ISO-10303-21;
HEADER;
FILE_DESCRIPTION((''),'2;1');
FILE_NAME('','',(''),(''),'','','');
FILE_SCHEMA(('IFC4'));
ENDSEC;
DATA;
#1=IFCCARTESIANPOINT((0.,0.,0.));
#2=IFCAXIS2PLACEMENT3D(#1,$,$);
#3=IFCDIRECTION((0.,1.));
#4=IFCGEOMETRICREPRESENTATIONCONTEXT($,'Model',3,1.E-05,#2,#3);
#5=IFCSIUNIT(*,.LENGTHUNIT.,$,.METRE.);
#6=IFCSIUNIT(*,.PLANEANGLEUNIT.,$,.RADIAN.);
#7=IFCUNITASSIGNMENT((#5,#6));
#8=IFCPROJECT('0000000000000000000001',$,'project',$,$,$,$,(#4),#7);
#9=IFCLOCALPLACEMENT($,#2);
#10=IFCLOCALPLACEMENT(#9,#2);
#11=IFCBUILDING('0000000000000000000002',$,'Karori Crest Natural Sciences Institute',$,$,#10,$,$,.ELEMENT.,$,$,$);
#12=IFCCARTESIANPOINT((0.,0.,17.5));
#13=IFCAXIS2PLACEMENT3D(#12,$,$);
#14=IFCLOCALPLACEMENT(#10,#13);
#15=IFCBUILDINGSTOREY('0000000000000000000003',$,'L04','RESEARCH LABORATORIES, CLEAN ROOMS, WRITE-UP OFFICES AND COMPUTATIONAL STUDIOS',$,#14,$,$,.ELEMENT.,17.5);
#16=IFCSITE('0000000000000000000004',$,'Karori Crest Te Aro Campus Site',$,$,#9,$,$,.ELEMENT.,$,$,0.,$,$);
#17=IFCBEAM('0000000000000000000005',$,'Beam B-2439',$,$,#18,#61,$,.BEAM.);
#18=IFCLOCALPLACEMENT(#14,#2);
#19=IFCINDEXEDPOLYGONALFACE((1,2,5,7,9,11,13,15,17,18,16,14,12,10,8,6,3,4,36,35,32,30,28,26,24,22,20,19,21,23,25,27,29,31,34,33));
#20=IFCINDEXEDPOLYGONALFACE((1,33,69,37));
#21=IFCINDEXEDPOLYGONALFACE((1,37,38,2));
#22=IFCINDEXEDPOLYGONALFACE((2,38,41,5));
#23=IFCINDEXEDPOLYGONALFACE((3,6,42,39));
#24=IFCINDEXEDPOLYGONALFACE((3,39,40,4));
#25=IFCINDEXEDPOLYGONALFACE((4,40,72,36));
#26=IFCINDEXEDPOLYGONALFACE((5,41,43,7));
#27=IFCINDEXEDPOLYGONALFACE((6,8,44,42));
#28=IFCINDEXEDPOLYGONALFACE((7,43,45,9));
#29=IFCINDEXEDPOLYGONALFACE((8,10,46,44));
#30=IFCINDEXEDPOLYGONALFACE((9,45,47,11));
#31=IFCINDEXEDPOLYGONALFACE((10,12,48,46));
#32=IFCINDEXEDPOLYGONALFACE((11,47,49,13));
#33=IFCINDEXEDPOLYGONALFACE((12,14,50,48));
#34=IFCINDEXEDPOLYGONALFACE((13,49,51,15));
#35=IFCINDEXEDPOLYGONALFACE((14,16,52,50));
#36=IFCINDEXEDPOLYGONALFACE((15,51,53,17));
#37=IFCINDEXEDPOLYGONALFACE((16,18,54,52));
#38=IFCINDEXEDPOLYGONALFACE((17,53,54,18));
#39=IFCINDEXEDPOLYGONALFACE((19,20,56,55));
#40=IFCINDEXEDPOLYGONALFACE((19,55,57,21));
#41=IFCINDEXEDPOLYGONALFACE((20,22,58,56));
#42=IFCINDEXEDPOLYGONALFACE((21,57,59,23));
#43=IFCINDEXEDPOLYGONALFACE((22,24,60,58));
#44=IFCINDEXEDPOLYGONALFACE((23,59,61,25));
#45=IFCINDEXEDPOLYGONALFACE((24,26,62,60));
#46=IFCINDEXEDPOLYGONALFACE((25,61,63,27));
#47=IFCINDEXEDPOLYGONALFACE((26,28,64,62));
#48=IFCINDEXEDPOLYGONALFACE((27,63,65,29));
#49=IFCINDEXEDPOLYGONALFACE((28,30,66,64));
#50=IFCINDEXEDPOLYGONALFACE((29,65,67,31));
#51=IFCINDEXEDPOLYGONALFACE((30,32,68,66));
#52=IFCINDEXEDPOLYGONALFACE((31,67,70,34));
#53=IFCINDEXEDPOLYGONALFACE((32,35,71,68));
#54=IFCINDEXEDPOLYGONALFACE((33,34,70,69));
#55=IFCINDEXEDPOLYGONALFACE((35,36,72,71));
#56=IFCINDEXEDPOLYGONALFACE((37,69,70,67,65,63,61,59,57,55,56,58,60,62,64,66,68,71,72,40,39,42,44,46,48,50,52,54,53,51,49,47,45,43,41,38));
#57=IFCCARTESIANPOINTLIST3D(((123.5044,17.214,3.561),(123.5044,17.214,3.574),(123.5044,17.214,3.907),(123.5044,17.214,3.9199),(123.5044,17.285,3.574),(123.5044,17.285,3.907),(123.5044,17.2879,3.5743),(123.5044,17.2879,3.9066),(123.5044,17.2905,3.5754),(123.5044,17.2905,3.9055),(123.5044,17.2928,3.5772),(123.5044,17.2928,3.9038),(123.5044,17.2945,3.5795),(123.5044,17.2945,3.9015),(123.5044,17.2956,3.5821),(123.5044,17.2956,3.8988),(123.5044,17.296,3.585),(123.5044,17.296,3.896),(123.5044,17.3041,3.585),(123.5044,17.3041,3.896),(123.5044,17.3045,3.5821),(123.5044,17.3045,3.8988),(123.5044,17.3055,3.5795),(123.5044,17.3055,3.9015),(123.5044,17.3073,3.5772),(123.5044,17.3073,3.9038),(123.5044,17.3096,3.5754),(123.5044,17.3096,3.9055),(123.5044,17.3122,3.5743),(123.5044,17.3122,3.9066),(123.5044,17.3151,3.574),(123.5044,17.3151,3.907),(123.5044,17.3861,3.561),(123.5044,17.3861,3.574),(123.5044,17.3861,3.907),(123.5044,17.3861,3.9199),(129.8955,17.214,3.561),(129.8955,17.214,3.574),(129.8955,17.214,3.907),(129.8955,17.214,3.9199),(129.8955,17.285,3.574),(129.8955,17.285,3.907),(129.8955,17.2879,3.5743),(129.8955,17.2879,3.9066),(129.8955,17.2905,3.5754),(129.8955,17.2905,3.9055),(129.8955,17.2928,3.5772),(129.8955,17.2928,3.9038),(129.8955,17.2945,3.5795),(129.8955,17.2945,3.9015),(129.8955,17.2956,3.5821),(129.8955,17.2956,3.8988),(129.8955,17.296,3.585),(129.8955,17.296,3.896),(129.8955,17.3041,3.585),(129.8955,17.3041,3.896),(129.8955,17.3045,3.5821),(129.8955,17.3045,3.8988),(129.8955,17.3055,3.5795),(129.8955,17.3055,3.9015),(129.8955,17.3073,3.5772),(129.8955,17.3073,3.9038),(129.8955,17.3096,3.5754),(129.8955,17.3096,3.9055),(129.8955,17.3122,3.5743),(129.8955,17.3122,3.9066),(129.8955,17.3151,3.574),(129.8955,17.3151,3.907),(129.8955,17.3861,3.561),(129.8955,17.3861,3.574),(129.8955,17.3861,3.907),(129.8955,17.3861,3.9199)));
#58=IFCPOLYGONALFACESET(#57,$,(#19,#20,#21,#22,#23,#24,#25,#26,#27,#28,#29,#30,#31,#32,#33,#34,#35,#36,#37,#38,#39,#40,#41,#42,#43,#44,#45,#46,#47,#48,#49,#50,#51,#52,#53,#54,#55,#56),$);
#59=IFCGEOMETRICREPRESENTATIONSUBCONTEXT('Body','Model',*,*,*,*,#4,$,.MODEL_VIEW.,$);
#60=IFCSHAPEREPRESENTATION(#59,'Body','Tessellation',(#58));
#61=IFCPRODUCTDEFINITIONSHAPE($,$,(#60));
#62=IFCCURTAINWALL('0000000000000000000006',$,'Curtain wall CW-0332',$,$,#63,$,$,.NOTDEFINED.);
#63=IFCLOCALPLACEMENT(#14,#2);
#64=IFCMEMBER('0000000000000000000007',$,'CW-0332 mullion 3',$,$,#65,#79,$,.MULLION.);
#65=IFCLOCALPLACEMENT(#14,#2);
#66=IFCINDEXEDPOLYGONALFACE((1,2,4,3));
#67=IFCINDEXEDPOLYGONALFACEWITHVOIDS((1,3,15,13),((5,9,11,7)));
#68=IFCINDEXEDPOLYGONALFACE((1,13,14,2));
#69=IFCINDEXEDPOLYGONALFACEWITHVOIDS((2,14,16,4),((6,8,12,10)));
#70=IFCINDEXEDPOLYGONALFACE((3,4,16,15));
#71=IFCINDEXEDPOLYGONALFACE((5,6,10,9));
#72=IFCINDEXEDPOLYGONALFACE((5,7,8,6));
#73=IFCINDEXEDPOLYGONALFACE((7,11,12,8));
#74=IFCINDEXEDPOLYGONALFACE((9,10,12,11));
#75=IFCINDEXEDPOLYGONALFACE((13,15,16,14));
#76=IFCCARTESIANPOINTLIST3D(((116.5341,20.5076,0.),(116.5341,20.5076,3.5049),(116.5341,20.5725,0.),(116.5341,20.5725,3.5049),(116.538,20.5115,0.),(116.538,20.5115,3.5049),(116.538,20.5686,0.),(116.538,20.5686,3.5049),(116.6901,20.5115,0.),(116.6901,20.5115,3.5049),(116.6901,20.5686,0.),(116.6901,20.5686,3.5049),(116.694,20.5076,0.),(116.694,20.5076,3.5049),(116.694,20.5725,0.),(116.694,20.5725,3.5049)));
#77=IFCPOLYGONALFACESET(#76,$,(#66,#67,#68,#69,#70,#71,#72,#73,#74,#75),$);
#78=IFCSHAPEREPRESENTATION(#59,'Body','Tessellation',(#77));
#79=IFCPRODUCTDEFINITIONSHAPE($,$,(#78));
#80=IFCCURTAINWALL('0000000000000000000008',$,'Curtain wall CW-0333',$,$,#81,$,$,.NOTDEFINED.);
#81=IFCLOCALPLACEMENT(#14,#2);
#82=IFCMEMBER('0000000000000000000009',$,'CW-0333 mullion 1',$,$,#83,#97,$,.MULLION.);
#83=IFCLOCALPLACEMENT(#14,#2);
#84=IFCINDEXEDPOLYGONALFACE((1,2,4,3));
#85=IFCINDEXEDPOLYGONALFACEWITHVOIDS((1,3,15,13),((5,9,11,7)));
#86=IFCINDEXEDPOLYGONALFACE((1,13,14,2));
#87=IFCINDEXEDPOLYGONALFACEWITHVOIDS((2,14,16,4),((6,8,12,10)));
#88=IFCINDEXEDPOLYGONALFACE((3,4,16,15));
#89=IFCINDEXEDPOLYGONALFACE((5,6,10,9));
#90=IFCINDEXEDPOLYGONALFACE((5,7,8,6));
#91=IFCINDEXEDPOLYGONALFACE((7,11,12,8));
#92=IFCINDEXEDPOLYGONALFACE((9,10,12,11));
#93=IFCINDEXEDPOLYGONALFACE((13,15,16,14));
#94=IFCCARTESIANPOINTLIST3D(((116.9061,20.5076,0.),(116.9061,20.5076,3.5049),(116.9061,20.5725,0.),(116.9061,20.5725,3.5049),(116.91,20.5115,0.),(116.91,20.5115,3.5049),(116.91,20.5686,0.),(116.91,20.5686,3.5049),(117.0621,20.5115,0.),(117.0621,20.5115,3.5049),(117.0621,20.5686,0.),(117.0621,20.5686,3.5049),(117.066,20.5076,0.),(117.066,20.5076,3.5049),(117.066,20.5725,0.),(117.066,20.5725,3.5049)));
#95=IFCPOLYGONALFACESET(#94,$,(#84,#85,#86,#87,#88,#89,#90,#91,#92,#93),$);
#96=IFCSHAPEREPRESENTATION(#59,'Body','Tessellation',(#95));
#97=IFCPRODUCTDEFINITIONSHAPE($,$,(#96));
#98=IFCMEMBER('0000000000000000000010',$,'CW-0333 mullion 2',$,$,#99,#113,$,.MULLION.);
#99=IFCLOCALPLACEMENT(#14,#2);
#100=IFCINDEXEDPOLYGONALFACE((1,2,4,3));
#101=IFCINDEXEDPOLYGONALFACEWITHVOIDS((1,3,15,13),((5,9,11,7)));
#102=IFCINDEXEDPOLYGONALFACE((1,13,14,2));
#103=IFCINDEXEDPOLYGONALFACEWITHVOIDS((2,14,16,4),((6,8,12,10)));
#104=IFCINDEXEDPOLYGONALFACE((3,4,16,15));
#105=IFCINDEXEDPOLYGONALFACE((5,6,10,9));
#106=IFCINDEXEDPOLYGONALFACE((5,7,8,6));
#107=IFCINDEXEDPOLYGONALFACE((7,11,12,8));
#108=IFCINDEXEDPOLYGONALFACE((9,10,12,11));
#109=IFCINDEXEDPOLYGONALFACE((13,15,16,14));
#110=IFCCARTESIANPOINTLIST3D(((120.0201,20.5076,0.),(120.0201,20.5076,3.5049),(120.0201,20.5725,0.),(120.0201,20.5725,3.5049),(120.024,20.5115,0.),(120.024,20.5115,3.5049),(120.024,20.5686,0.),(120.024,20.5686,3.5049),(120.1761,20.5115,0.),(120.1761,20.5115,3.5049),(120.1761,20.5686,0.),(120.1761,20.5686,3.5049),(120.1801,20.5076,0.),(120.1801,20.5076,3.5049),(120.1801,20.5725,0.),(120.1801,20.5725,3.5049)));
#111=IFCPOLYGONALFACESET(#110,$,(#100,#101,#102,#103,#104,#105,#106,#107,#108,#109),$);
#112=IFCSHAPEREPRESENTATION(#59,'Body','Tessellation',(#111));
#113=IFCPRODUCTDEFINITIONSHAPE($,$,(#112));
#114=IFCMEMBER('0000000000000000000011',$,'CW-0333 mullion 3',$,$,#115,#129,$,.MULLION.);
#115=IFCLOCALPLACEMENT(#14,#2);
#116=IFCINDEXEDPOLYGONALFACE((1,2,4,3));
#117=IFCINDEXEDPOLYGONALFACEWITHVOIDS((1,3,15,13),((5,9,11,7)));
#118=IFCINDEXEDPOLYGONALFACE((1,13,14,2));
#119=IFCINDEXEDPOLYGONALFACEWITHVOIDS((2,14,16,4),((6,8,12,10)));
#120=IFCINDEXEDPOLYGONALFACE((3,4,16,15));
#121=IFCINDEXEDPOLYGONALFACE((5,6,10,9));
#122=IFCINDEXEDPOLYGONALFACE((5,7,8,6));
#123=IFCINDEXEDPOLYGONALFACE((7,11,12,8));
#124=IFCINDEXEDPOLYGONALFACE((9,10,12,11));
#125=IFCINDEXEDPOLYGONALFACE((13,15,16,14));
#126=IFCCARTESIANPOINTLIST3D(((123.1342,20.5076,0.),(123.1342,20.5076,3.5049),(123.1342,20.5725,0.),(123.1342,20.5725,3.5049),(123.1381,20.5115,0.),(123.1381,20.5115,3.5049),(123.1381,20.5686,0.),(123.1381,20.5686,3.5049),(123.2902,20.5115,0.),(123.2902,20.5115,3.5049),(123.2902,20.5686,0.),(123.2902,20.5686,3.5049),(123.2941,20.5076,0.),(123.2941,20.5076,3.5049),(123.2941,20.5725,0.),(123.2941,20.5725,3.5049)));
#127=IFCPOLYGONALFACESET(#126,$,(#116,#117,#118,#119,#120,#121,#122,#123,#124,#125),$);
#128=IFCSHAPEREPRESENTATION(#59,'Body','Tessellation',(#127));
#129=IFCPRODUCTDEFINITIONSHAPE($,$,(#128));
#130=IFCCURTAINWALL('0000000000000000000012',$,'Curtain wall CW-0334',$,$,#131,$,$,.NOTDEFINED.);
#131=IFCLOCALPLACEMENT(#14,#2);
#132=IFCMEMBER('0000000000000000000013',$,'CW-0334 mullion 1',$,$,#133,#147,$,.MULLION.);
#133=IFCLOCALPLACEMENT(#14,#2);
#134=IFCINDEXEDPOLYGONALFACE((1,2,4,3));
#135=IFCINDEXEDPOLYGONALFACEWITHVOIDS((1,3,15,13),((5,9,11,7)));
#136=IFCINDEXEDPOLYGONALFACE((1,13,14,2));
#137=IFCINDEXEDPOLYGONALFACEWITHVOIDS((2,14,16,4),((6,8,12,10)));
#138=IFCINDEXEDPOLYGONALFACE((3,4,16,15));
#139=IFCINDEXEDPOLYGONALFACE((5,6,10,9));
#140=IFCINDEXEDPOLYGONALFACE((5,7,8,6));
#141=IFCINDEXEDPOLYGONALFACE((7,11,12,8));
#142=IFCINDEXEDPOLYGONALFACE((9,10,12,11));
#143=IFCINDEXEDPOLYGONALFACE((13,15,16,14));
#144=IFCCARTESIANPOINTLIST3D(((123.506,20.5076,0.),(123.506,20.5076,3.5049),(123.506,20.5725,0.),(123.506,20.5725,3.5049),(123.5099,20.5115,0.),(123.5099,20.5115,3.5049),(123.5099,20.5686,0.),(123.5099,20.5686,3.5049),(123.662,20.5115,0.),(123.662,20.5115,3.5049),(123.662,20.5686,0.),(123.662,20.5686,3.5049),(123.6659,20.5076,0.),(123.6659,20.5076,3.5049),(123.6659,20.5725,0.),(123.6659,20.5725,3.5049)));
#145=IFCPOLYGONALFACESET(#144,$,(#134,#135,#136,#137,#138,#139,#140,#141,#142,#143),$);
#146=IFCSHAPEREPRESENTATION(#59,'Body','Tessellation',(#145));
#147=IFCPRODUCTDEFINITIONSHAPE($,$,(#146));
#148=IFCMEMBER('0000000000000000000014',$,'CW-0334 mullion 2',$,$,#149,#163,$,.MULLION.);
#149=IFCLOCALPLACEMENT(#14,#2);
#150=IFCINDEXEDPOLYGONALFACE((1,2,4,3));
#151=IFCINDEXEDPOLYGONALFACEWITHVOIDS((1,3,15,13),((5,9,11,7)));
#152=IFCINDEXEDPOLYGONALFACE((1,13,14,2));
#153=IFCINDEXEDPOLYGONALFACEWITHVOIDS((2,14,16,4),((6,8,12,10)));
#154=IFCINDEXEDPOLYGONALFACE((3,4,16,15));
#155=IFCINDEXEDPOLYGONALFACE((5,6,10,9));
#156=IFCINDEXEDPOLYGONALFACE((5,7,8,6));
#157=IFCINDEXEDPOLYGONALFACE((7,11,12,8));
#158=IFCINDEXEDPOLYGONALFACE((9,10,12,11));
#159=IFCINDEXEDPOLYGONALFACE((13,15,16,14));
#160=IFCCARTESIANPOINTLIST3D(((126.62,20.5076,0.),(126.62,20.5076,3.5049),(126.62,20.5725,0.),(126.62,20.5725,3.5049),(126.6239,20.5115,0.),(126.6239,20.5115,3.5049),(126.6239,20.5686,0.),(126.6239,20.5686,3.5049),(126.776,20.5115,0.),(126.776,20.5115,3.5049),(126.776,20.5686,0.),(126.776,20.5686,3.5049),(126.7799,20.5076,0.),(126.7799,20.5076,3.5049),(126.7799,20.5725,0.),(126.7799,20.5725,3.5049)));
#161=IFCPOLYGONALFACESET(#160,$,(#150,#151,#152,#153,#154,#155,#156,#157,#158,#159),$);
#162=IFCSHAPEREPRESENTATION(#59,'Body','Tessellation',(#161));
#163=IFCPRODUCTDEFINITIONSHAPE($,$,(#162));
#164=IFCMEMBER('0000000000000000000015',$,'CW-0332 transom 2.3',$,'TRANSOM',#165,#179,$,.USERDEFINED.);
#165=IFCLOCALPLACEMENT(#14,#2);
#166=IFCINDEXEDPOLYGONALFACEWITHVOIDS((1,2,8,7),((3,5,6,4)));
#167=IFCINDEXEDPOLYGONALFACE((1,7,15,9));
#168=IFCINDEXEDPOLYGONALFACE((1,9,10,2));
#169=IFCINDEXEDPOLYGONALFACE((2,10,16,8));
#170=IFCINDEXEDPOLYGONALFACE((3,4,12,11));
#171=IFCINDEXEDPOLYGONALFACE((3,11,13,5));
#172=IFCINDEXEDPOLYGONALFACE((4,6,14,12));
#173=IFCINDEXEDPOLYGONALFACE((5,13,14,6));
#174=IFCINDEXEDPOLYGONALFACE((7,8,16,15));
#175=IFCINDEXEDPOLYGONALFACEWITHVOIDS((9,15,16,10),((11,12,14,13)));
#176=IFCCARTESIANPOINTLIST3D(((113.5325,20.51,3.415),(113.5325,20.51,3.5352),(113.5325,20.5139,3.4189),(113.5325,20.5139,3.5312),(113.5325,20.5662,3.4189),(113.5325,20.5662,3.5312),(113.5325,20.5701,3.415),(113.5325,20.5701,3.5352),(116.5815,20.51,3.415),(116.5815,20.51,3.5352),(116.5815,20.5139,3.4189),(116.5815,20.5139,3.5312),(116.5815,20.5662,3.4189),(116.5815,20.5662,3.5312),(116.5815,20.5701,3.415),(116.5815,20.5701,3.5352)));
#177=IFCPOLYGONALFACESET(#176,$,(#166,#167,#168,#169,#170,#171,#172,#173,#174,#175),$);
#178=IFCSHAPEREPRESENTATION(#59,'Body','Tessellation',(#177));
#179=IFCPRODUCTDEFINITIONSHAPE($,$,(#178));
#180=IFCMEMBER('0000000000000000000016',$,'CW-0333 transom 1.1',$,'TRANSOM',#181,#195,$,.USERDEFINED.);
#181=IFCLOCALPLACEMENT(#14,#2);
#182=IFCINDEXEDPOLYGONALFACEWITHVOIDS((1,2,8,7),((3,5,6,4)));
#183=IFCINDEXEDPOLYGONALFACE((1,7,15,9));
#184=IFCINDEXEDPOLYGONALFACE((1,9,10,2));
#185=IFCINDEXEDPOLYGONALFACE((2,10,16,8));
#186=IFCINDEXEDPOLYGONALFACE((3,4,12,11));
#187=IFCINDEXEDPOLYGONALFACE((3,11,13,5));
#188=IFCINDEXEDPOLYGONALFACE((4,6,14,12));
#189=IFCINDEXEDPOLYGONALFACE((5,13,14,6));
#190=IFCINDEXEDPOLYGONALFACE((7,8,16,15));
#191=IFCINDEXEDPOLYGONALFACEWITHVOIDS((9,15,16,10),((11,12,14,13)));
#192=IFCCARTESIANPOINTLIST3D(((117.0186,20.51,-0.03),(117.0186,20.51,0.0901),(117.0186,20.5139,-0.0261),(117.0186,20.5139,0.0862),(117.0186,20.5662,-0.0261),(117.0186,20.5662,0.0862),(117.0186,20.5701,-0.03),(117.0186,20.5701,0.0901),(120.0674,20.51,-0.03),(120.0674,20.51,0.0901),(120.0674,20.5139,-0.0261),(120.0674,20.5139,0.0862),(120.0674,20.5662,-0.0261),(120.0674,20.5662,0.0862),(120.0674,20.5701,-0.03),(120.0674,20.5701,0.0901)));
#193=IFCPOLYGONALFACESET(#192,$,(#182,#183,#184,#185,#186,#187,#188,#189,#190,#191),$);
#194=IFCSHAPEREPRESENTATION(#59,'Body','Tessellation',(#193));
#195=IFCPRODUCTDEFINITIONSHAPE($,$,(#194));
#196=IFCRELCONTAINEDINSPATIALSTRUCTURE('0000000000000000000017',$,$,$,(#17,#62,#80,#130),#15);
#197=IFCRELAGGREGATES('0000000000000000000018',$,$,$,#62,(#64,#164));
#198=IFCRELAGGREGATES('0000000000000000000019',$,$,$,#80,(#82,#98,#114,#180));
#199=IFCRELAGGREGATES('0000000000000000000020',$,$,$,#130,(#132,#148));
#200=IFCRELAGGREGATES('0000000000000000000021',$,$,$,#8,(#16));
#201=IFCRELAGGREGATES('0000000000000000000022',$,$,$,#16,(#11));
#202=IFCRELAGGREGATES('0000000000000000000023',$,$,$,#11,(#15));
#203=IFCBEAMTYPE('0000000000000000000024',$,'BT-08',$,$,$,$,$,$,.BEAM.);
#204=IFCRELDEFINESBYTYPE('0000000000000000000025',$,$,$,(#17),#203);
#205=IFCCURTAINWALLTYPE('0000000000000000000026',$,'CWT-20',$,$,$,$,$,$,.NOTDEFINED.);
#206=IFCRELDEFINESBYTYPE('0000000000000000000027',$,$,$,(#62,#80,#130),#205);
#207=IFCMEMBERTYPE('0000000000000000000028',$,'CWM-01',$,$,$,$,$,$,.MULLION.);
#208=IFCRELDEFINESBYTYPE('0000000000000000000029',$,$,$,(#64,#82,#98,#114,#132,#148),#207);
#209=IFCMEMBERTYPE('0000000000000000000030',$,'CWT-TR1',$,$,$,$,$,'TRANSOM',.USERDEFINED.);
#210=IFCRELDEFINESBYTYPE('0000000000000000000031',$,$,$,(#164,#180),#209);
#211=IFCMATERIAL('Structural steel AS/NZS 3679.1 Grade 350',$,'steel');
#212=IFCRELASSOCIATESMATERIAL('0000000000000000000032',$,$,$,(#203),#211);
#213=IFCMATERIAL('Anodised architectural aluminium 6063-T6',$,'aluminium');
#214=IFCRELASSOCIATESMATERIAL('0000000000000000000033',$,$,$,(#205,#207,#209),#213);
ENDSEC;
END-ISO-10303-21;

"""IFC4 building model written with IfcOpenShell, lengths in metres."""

from ifc_helpers import new_model, si_unit, direction, frame, origin, origin_2d, place, context, subcontext, project, spatial, hollow_rectangle, i_section, extrude, material, material_profile, profile_set, type_object, element, aggregate, save


model = new_model("IFC4")

# Units and contexts
model_context = context("Model", 3, precision=1e-05, world=origin(), true_north=direction((0.0, 1.0)))
body_context = subcontext(model_context, "Body", "Model", "MODEL_VIEW")
ifc_project = project(units=[si_unit("LENGTHUNIT", "METRE"), si_unit("PLANEANGLEUNIT", "RADIAN")], contexts=[model_context])

# Site, building, storey
site_placement = place(None, origin())
site = spatial("IfcSite", under=ifc_project, at=site_placement, Name="Karori Crest Te Aro Campus Site", CompositionType="ELEMENT", RefElevation=0.0)
building_placement = place(site_placement, origin())
building = spatial("IfcBuilding", under=site, at=building_placement, Name="Karori Crest Natural Sciences Institute", CompositionType="ELEMENT")
storey_placement = place(building_placement, frame((0.0, 0.0, 17.5)))
storey = spatial("IfcBuildingStorey", under=building, at=storey_placement, Name="L04", Description="RESEARCH LABORATORIES, CLEAN ROOMS, WRITE-UP OFFICES AND COMPUTATIONAL STUDIOS", CompositionType="ELEMENT", Elevation=17.5)

# Shared definitions
ifc_material_1 = material(Name="Structural steel AS/NZS 3679.1 Grade 350", Category="steel")

# Beam
ifc_material_profile_1 = material_profile(ifc_material_1, i_section(OverallWidth=0.1721, OverallDepth=0.3589, WebThickness=0.0081, FlangeThickness=0.0129, FilletRadius=0.011, at=origin_2d()), Name="360UB56.7")
ifc_profile_set_1 = profile_set([ifc_material_profile_1], Name="Structural steel AS/NZS 3679.1 Grade 350")
beam_type_1 = type_object("IfcBeamType", Name="BT-08", PredefinedType="BEAM", material=ifc_profile_set_1)
for number, where, z_axis, x_axis, name in (
    (1, (123.5044, 17.3, 3.7405), (1.0, 0.0, 0.0), (0.0, 1.0, 0.0), "Beam B-2439"),
):
    element("IfcBeam", number, at=place(storey_placement, frame(where, z_axis=z_axis, x_axis=x_axis)), inside=storey, type_object=beam_type_1, Name=name, PredefinedType="BEAM", context=body_context, shape_type="SweptSolid", body=[
        extrude(i_section(OverallWidth=0.1721, OverallDepth=0.3589, WebThickness=0.0081, FlangeThickness=0.0129, FilletRadius=0.011, at=origin_2d()), origin(), (0.0, 0.0, 1.0), 6.3911),
    ])

# Curtain wall, member
ifc_material_2 = material(Name="Anodised architectural aluminium 6063-T6", Category="aluminium")
curtain_wall_type = type_object("IfcCurtainWallType", Name="CWT-20", PredefinedType="NOTDEFINED", material=ifc_material_2)
curtain_wall_1_placement = place(storey_placement, origin())
curtain_wall_1 = element("IfcCurtainWall", 2, at=curtain_wall_1_placement, inside=storey, type_object=curtain_wall_type, Name="Curtain wall CW-0332", PredefinedType="NOTDEFINED")
ifc_material_profile_2 = material_profile(ifc_material_2, hollow_rectangle(XDim=0.0649, YDim=0.1599, WallThickness=0.0039, at=origin_2d()), Name="CWM160x65x4")
ifc_profile_set_2 = profile_set([ifc_material_profile_2], Name="Anodised architectural aluminium 6063-T6")
member_type_1 = type_object("IfcMemberType", Name="CWM-01", PredefinedType="MULLION", material=ifc_profile_set_2)
member_1_placement = place(storey_placement, frame((116.614, 20.54, 0.0), z_axis=(0.0, 0.0, 1.0), x_axis=(0.0, 1.0, 0.0)))
member_1 = element("IfcMember", 3, at=member_1_placement, type_object=member_type_1, Name="CW-0332 mullion 3", PredefinedType="MULLION", context=body_context, shape_type="SweptSolid", body=[
    extrude(hollow_rectangle(XDim=0.0649, YDim=0.1599, WallThickness=0.0039, at=origin_2d()), origin(), (0.0, 0.0, 1.0), 3.5049),
])

# Curtain walls, members
curtain_wall_2_placement = place(storey_placement, origin())
curtain_wall_2 = element("IfcCurtainWall", 4, at=curtain_wall_2_placement, inside=storey, type_object=curtain_wall_type, Name="Curtain wall CW-0333", PredefinedType="NOTDEFINED")
member_2_placement = place(storey_placement, frame((116.9861, 20.54, 0.0), z_axis=(0.0, 0.0, 1.0), x_axis=(0.0, 1.0, 0.0)))
member_2 = element("IfcMember", 5, at=member_2_placement, type_object=member_type_1, Name="CW-0333 mullion 1", PredefinedType="MULLION", context=body_context, shape_type="SweptSolid", body=[
    extrude(hollow_rectangle(XDim=0.0649, YDim=0.1599, WallThickness=0.0039, at=origin_2d()), origin(), (0.0, 0.0, 1.0), 3.5049),
])
member_3_placement = place(storey_placement, frame((120.1001, 20.54, 0.0), z_axis=(0.0, 0.0, 1.0), x_axis=(0.0, 1.0, 0.0)))
member_3 = element("IfcMember", 6, at=member_3_placement, type_object=member_type_1, Name="CW-0333 mullion 2", PredefinedType="MULLION", context=body_context, shape_type="SweptSolid", body=[
    extrude(hollow_rectangle(XDim=0.0649, YDim=0.1599, WallThickness=0.0039, at=origin_2d()), origin(), (0.0, 0.0, 1.0), 3.5049),
])
member_4_placement = place(storey_placement, frame((123.2141, 20.54, 0.0), z_axis=(0.0, 0.0, 1.0), x_axis=(0.0, 1.0, 0.0)))
member_4 = element("IfcMember", 7, at=member_4_placement, type_object=member_type_1, Name="CW-0333 mullion 3", PredefinedType="MULLION", context=body_context, shape_type="SweptSolid", body=[
    extrude(hollow_rectangle(XDim=0.0649, YDim=0.1599, WallThickness=0.0039, at=origin_2d()), origin(), (0.0, 0.0, 1.0), 3.5049),
])
curtain_wall_3_placement = place(storey_placement, origin())
curtain_wall_3 = element("IfcCurtainWall", 8, at=curtain_wall_3_placement, inside=storey, type_object=curtain_wall_type, Name="Curtain wall CW-0334", PredefinedType="NOTDEFINED")
member_5_placement = place(storey_placement, frame((123.5859, 20.54, 0.0), z_axis=(0.0, 0.0, 1.0), x_axis=(0.0, 1.0, 0.0)))
member_5 = element("IfcMember", 9, at=member_5_placement, type_object=member_type_1, Name="CW-0334 mullion 1", PredefinedType="MULLION", context=body_context, shape_type="SweptSolid", body=[
    extrude(hollow_rectangle(XDim=0.0649, YDim=0.1599, WallThickness=0.0039, at=origin_2d()), origin(), (0.0, 0.0, 1.0), 3.5049),
])
member_6_placement = place(storey_placement, frame((126.7, 20.54, 0.0), z_axis=(0.0, 0.0, 1.0), x_axis=(0.0, 1.0, 0.0)))
member_6 = element("IfcMember", 10, at=member_6_placement, type_object=member_type_1, Name="CW-0334 mullion 2", PredefinedType="MULLION", context=body_context, shape_type="SweptSolid", body=[
    extrude(hollow_rectangle(XDim=0.0649, YDim=0.1599, WallThickness=0.0039, at=origin_2d()), origin(), (0.0, 0.0, 1.0), 3.5049),
])

# Members
ifc_material_profile_3 = material_profile(ifc_material_2, hollow_rectangle(XDim=0.0601, YDim=0.1201, WallThickness=0.0039, at=origin_2d()), Name="CWT120x60x4")
ifc_profile_set_3 = profile_set([ifc_material_profile_3], Name="Anodised architectural aluminium 6063-T6")
member_type_2 = type_object("IfcMemberType", Name="CWT-TR1", ElementType="TRANSOM", PredefinedType="USERDEFINED", material=ifc_profile_set_3)
member_7_placement = place(storey_placement, frame((113.5325, 20.54, 3.4751), z_axis=(1.0, 0.0, 0.0), x_axis=(0.0, 1.0, 0.0)))
member_7 = element("IfcMember", 11, at=member_7_placement, type_object=member_type_2, Name="CW-0332 transom 2.3", ObjectType="TRANSOM", PredefinedType="USERDEFINED", context=body_context, shape_type="SweptSolid", body=[
    extrude(hollow_rectangle(XDim=0.0601, YDim=0.1201, WallThickness=0.0039, at=origin_2d()), origin(), (0.0, 0.0, 1.0), 3.0491),
])
member_8_placement = place(storey_placement, frame((117.0186, 20.54, 0.03), z_axis=(1.0, 0.0, 0.0), x_axis=(0.0, 1.0, 0.0)))
member_8 = element("IfcMember", 12, at=member_8_placement, type_object=member_type_2, Name="CW-0333 transom 1.1", ObjectType="TRANSOM", PredefinedType="USERDEFINED", context=body_context, shape_type="SweptSolid", body=[
    extrude(hollow_rectangle(XDim=0.0601, YDim=0.1201, WallThickness=0.0039, at=origin_2d()), origin(), (0.0, 0.0, 1.0), 3.0488),
])

aggregate(curtain_wall_1, [member_1, member_7])
aggregate(curtain_wall_2, [member_2, member_3, member_4, member_8])
aggregate(curtain_wall_3, [member_5, member_6])

save(model, "model.ifc")
